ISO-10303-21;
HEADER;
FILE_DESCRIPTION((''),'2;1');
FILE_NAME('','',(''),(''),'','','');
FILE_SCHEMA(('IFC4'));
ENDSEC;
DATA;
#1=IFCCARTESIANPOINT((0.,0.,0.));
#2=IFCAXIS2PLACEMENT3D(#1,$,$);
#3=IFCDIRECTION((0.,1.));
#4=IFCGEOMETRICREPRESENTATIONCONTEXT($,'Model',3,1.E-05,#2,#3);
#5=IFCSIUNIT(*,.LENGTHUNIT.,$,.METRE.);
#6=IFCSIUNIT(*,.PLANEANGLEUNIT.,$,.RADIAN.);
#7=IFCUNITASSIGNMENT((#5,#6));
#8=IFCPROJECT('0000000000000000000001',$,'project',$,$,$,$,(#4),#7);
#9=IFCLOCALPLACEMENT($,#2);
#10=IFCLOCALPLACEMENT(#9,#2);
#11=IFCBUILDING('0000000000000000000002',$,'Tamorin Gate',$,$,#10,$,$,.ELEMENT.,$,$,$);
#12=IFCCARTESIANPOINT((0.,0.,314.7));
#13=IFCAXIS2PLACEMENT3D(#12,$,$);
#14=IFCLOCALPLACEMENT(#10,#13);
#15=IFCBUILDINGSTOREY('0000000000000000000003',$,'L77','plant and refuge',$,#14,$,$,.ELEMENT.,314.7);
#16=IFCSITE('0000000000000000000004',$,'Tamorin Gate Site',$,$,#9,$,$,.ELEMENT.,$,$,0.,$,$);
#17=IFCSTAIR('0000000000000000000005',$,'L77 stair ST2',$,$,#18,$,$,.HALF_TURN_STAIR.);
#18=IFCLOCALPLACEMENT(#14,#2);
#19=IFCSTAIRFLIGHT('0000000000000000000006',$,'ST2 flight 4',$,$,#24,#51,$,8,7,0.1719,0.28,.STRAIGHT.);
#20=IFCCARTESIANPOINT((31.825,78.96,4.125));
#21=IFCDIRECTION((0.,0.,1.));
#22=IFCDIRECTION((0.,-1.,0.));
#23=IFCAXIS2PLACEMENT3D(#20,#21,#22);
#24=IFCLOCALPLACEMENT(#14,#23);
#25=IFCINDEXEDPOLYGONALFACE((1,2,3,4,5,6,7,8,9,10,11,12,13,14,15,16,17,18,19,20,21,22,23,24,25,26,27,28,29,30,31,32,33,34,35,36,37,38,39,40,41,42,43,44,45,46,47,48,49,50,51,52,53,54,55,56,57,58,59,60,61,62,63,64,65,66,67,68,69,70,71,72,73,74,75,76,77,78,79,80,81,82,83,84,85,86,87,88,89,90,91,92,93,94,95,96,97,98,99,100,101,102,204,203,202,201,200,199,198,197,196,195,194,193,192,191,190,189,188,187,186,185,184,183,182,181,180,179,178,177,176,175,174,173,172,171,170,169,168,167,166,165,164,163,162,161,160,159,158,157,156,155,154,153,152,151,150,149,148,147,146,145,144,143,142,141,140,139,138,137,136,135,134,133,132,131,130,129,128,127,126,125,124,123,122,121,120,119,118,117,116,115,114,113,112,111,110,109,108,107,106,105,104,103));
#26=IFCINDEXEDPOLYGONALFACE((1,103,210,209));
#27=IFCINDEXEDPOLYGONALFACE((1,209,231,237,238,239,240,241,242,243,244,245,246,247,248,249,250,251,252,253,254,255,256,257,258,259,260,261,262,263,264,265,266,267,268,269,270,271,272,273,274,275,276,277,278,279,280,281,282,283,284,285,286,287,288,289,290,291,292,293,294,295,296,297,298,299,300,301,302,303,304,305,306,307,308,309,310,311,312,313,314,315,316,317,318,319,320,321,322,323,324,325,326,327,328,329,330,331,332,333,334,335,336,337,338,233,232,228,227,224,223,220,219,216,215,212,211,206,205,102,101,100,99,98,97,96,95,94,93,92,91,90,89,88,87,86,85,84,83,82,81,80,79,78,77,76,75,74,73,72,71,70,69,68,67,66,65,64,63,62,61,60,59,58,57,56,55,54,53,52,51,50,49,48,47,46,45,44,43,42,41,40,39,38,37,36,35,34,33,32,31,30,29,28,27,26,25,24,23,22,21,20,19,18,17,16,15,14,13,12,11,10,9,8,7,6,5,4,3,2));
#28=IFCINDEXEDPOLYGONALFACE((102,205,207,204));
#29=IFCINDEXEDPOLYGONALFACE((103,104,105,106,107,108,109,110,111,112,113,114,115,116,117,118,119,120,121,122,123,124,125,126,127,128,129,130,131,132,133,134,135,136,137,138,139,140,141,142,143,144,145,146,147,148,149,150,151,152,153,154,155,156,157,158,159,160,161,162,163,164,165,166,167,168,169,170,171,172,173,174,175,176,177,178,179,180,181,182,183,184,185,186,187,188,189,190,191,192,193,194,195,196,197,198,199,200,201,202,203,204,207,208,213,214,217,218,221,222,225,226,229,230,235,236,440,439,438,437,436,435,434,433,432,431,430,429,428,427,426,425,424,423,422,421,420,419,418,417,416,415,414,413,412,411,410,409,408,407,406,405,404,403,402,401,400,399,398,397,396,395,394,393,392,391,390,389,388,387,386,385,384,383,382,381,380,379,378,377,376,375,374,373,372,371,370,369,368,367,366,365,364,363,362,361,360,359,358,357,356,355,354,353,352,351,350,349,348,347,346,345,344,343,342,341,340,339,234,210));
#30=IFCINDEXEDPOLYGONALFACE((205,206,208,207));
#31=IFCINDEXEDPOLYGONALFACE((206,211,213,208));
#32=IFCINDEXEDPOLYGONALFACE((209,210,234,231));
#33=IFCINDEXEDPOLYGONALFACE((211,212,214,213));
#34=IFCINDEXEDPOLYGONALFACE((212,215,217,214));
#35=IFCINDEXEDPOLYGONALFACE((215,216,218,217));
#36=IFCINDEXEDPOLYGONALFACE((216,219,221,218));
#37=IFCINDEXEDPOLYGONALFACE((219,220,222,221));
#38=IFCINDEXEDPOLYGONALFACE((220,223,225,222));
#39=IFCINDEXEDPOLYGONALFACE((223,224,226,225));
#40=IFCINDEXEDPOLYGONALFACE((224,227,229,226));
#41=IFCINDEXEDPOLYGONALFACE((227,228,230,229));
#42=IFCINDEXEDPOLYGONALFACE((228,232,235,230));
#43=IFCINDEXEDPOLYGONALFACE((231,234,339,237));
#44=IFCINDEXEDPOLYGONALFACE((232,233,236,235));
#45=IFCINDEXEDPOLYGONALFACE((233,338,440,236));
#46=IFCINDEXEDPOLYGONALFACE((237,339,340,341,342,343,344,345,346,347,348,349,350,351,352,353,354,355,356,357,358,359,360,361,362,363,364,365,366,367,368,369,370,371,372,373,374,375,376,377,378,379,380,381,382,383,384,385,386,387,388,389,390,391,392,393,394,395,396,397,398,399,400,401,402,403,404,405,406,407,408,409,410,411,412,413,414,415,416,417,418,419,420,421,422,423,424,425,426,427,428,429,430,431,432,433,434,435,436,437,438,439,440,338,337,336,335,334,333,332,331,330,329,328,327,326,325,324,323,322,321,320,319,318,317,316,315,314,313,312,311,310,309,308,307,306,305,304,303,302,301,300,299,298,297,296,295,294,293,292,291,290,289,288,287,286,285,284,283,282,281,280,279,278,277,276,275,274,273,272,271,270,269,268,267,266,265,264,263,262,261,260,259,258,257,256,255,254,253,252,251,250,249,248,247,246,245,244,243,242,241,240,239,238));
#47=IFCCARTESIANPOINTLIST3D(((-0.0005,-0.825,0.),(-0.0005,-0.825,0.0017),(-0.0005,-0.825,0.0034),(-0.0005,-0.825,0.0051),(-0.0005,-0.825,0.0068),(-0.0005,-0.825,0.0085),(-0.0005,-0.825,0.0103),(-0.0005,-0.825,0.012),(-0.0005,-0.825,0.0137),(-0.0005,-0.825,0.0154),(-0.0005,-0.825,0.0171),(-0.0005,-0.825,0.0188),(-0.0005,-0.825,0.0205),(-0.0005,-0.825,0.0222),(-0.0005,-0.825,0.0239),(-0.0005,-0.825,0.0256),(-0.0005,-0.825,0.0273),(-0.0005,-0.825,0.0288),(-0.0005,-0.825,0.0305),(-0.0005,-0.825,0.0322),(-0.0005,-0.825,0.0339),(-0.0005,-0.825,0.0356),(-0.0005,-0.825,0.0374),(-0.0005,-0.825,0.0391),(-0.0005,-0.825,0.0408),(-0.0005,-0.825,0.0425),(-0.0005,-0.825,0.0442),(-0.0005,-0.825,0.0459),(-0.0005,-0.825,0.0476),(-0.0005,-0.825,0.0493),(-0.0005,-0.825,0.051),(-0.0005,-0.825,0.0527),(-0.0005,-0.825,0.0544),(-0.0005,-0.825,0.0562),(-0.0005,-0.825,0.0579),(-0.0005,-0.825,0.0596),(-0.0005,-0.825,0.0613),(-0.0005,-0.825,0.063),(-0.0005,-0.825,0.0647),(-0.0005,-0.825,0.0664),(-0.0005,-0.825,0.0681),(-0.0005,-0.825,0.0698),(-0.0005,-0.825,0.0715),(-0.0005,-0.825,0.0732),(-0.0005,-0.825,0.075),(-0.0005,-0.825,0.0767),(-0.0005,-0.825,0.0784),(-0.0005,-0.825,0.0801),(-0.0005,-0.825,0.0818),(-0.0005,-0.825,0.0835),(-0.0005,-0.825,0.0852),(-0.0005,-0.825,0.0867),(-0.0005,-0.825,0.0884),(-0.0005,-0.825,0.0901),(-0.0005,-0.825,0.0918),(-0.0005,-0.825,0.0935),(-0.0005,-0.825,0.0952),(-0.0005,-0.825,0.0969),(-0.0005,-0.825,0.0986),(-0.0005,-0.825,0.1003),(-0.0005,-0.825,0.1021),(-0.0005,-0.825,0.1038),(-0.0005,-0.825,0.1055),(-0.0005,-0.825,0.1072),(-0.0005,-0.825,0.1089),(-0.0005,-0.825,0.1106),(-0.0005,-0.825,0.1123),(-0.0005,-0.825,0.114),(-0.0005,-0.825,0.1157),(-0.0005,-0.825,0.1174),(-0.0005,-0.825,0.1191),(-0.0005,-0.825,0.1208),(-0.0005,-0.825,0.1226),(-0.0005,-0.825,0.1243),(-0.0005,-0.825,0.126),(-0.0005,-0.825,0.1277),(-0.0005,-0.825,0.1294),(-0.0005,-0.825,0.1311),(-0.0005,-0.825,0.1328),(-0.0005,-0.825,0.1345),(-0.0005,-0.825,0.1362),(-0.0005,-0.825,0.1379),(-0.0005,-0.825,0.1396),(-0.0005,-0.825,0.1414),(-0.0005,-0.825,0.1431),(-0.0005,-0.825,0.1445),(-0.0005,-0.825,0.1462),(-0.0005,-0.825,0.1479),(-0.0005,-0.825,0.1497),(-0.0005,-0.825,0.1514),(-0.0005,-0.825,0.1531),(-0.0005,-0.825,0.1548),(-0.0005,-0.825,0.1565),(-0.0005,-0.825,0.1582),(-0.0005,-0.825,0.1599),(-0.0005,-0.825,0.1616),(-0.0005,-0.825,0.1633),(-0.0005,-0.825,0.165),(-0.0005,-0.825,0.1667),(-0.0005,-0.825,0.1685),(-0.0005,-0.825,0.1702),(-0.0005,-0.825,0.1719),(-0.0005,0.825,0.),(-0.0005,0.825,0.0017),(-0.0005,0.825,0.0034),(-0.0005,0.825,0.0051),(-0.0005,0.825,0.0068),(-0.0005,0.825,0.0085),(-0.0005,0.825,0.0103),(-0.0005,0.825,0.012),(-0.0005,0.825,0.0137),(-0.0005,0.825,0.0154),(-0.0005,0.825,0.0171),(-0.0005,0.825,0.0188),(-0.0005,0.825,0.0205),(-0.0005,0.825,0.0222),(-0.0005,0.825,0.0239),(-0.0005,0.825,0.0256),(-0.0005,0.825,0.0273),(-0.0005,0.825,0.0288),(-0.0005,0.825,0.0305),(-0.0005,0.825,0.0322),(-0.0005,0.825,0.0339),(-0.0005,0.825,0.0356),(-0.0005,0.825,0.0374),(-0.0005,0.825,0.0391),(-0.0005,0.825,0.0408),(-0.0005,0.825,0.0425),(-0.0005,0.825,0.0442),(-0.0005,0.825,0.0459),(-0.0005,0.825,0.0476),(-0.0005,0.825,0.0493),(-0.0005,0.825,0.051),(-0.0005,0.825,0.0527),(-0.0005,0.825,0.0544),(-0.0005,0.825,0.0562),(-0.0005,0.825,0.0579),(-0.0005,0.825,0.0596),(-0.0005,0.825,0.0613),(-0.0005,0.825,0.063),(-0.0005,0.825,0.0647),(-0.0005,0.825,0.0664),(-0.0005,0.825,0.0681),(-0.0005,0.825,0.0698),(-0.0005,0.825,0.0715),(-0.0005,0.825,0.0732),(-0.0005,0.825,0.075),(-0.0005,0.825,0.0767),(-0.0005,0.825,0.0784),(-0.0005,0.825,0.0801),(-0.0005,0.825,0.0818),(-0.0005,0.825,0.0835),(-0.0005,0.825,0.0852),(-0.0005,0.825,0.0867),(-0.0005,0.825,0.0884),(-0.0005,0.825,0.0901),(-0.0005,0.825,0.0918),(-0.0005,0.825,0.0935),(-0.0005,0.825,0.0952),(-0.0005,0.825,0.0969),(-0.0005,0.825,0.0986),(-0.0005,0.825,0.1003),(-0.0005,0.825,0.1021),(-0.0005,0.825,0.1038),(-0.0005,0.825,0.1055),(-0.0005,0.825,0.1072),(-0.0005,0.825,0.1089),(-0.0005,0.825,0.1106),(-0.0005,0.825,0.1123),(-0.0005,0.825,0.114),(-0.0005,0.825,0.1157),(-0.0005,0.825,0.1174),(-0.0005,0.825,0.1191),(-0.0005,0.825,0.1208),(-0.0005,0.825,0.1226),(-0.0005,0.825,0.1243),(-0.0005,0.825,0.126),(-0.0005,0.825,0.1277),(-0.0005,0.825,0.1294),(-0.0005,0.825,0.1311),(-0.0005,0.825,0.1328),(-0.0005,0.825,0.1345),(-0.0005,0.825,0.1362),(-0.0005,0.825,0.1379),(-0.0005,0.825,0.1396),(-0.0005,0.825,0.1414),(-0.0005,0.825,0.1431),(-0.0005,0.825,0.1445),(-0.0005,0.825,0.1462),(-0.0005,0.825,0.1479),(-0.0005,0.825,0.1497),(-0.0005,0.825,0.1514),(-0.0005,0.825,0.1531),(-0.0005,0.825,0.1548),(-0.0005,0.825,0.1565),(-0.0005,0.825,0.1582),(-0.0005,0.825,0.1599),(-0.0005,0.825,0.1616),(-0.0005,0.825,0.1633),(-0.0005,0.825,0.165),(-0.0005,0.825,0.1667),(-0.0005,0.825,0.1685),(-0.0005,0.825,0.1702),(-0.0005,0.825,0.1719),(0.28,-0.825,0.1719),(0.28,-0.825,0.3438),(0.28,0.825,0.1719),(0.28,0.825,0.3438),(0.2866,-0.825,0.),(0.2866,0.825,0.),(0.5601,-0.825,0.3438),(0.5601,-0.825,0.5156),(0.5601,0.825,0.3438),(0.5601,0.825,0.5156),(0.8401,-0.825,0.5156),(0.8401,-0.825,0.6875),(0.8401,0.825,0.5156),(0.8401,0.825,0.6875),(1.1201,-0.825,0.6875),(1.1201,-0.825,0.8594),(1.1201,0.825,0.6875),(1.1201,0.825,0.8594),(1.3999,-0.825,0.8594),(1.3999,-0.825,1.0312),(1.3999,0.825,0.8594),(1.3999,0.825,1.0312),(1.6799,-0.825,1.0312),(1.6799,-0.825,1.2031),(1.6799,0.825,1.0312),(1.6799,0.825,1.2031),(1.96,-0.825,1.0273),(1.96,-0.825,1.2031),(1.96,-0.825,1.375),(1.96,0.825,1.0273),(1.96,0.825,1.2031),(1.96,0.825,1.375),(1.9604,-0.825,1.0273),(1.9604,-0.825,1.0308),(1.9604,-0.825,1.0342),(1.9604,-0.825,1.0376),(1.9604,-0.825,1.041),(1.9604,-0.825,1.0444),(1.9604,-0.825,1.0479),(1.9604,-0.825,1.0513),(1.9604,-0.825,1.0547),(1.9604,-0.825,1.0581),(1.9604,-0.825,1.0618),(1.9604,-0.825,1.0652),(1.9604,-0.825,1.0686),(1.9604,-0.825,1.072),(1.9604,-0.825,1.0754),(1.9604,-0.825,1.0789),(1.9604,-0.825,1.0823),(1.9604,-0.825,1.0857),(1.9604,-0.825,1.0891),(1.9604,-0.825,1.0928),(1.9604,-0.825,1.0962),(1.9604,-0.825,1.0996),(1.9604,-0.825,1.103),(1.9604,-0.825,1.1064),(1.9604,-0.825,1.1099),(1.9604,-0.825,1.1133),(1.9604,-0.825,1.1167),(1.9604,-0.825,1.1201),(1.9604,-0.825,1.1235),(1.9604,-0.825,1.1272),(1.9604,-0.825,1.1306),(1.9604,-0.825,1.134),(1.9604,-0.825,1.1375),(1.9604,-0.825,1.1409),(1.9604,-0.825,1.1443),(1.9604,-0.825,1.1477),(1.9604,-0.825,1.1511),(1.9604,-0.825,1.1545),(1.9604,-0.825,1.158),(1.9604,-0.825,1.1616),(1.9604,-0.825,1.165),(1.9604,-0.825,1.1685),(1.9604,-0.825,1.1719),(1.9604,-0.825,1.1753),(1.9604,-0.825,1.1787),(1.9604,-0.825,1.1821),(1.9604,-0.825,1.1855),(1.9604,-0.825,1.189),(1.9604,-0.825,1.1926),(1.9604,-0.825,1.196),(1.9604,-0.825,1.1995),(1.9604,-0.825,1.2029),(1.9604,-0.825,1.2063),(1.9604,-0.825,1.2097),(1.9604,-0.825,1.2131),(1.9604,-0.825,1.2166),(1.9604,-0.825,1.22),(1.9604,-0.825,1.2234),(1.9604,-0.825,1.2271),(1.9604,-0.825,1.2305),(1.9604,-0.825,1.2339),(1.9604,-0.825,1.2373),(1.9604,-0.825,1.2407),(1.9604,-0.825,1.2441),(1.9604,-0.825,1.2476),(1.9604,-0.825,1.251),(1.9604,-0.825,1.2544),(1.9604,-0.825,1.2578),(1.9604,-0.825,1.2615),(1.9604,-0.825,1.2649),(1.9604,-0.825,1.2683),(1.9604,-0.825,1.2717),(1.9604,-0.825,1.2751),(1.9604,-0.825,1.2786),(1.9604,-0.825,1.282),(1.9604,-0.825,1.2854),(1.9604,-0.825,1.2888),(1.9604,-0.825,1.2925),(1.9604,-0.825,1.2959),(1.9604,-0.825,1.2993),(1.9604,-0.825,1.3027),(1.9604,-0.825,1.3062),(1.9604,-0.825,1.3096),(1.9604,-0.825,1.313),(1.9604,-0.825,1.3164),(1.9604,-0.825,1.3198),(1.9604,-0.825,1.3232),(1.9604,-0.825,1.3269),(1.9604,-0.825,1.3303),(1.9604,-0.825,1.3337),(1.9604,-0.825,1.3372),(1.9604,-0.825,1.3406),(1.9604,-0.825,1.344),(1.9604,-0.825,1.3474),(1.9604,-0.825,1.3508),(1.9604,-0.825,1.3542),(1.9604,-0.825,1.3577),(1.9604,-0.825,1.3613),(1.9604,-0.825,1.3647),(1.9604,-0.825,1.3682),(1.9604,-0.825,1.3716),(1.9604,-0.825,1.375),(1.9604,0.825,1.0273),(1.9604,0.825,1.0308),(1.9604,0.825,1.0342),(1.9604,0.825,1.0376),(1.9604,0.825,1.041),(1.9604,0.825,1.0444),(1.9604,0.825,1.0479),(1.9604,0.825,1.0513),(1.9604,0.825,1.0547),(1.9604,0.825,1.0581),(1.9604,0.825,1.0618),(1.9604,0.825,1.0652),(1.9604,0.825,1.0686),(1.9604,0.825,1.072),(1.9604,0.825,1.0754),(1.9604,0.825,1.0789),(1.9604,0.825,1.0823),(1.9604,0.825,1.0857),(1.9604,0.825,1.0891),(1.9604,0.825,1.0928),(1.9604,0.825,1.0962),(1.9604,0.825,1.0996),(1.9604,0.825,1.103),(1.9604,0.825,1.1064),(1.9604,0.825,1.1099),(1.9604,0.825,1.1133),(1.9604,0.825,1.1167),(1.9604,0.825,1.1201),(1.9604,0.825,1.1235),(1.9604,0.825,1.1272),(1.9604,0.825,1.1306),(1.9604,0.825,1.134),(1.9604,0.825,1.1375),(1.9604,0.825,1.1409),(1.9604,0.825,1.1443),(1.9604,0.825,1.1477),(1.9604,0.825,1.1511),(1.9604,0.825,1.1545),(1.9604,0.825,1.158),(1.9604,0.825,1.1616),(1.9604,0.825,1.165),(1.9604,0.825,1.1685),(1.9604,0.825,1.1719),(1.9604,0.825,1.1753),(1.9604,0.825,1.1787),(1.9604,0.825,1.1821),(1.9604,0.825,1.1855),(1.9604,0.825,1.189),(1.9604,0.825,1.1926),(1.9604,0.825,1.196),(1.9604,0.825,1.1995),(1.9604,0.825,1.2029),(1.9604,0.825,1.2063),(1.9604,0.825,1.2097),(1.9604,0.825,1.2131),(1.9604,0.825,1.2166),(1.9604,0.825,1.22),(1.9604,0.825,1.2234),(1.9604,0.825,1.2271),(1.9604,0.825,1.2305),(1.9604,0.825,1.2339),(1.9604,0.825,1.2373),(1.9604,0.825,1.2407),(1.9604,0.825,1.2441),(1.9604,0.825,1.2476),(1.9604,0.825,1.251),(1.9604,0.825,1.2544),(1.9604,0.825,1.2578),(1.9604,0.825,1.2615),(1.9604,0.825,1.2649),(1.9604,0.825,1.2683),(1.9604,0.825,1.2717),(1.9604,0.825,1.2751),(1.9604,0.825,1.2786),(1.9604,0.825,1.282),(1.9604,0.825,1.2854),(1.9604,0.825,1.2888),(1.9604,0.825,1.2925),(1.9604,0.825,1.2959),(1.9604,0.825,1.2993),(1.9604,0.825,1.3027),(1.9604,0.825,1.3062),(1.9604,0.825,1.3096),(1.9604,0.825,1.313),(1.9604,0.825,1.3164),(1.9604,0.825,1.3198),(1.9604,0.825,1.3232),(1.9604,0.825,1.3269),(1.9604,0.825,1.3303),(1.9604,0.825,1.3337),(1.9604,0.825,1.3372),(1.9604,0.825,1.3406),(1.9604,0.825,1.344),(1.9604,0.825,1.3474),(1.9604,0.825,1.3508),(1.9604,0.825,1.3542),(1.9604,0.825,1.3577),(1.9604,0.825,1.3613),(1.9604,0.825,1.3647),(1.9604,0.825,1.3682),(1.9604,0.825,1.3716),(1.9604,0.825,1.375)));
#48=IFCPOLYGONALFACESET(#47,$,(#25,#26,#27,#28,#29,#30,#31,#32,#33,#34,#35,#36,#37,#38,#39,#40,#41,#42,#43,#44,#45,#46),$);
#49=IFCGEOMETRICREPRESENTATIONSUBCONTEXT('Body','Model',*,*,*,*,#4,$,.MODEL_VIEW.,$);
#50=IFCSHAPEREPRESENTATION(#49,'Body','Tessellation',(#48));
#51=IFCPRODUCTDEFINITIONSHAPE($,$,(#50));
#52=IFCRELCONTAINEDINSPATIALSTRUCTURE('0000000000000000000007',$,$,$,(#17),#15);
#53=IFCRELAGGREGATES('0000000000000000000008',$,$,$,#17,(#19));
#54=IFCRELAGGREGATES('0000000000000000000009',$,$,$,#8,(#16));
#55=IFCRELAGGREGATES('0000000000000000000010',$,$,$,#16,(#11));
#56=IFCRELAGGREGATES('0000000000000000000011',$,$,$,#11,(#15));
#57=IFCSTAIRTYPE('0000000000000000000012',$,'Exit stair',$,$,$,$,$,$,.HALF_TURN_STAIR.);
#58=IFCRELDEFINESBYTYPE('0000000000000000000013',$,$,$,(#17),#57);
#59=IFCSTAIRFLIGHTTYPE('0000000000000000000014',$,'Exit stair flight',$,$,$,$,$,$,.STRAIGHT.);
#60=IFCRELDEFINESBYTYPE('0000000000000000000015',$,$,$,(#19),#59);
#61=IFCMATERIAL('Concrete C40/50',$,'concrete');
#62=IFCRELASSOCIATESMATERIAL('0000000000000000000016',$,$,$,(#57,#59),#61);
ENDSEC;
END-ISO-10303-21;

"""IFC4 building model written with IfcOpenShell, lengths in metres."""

from ifc_helpers import new_model, si_unit, direction, frame, origin, place, context, subcontext, project, spatial, polyline, outline, extrude, material, type_object, element, aggregate, save


model = new_model("IFC4")

# Units and contexts
model_context = context("Model", 3, precision=1e-05, world=origin(), true_north=direction((0.0, 1.0)))
body_context = subcontext(model_context, "Body", "Model", "MODEL_VIEW")
ifc_project = project(units=[si_unit("LENGTHUNIT", "METRE"), si_unit("PLANEANGLEUNIT", "RADIAN")], contexts=[model_context])

# Site, building, storey
site_placement = place(None, origin())
site = spatial("IfcSite", under=ifc_project, at=site_placement, Name="Tamorin Gate Site", CompositionType="ELEMENT", RefElevation=0.0)
building_placement = place(site_placement, origin())
building = spatial("IfcBuilding", under=site, at=building_placement, Name="Tamorin Gate", CompositionType="ELEMENT")
storey_placement = place(building_placement, frame((0.0, 0.0, 314.7)))
storey = spatial("IfcBuildingStorey", under=building, at=storey_placement, Name="L77", Description="plant and refuge", CompositionType="ELEMENT", Elevation=314.7)

# Stair, stair flight
ifc_material_1 = material(Name="Concrete C40/50", Category="concrete")
stair_type = type_object("IfcStairType", Name="Exit stair", PredefinedType="HALF_TURN_STAIR", material=ifc_material_1)
stair_placement = place(storey_placement, origin())
stair = element("IfcStair", 1, at=stair_placement, inside=storey, type_object=stair_type, Name="L77 stair ST2", PredefinedType="HALF_TURN_STAIR")
stair_flight_type = type_object("IfcStairFlightType", Name="Exit stair flight", PredefinedType="STRAIGHT", material=ifc_material_1)
stair_flight_1_placement = place(storey_placement, frame((31.825, 78.96, 4.125), z_axis=(0.0, 0.0, 1.0), x_axis=(0.0, -1.0, 0.0)))
stair_flight_1 = element("IfcStairFlight", 2, at=stair_flight_1_placement, type_object=stair_flight_type, Name="ST2 flight 4", NumberOfRisers=8, NumberOfTreads=7, PredefinedType="STRAIGHT", RiserHeight=0.1719, TreadLength=0.28, context=body_context, shape_type="SweptSolid", body=[
    extrude(outline(polyline([(-0.0005, 0.0), (-0.0005, 0.0017), (-0.0005, 0.0034), (-0.0005, 0.0051), (-0.0005, 0.0068), (-0.0005, 0.0085), (-0.0005, 0.0103), (-0.0005, 0.012), (-0.0005, 0.0137), (-0.0005, 0.0154), (-0.0005, 0.0171), (-0.0005, 0.0188), (-0.0005, 0.0205), (-0.0005, 0.0222), (-0.0005, 0.0239), (-0.0005, 0.0256), (-0.0005, 0.0273), (-0.0005, 0.0288), (-0.0005, 0.0305), (-0.0005, 0.0322), (-0.0005, 0.0339), (-0.0005, 0.0356), (-0.0005, 0.0374), (-0.0005, 0.0391), (-0.0005, 0.0408), (-0.0005, 0.0425), (-0.0005, 0.0442), (-0.0005, 0.0459), (-0.0005, 0.0476), (-0.0005, 0.0493), (-0.0005, 0.051), (-0.0005, 0.0527), (-0.0005, 0.0544), (-0.0005, 0.0562), (-0.0005, 0.0579), (-0.0005, 0.0596), (-0.0005, 0.0613), (-0.0005, 0.063), (-0.0005, 0.0647), (-0.0005, 0.0664), (-0.0005, 0.0681), (-0.0005, 0.0698), (-0.0005, 0.0715), (-0.0005, 0.0732), (-0.0005, 0.075), (-0.0005, 0.0767), (-0.0005, 0.0784), (-0.0005, 0.0801), (-0.0005, 0.0818), (-0.0005, 0.0835), (-0.0005, 0.0852), (-0.0005, 0.0867), (-0.0005, 0.0884), (-0.0005, 0.0901), (-0.0005, 0.0918), (-0.0005, 0.0935), (-0.0005, 0.0952), (-0.0005, 0.0969), (-0.0005, 0.0986), (-0.0005, 0.1003), (-0.0005, 0.1021), (-0.0005, 0.1038), (-0.0005, 0.1055), (-0.0005, 0.1072), (-0.0005, 0.1089), (-0.0005, 0.1106), (-0.0005, 0.1123), (-0.0005, 0.114), (-0.0005, 0.1157), (-0.0005, 0.1174), (-0.0005, 0.1191), (-0.0005, 0.1208), (-0.0005, 0.1226), (-0.0005, 0.1243), (-0.0005, 0.126), (-0.0005, 0.1277), (-0.0005, 0.1294), (-0.0005, 0.1311), (-0.0005, 0.1328), (-0.0005, 0.1345), (-0.0005, 0.1362), (-0.0005, 0.1379), (-0.0005, 0.1396), (-0.0005, 0.1414), (-0.0005, 0.1431), (-0.0005, 0.1445), (-0.0005, 0.1462), (-0.0005, 0.1479), (-0.0005, 0.1497), (-0.0005, 0.1514), (-0.0005, 0.1531), (-0.0005, 0.1548), (-0.0005, 0.1565), (-0.0005, 0.1582), (-0.0005, 0.1599), (-0.0005, 0.1616), (-0.0005, 0.1633), (-0.0005, 0.165), (-0.0005, 0.1667), (-0.0005, 0.1685), (-0.0005, 0.1702), (-0.0005, 0.1719), (0.28, 0.1719), (0.28, 0.3438), (0.5601, 0.3438), (0.5601, 0.5156), (0.8401, 0.5156), (0.8401, 0.6875), (1.1201, 0.6875), (1.1201, 0.8594), (1.3999, 0.8594), (1.3999, 1.0312), (1.6799, 1.0312), (1.6799, 1.2031), (1.96, 1.2031), (1.96, 1.375), (1.9604, 1.375), (1.9604, 1.3716), (1.9604, 1.3682), (1.9604, 1.3647), (1.9604, 1.3613), (1.9604, 1.3577), (1.9604, 1.3542), (1.9604, 1.3508), (1.9604, 1.3474), (1.9604, 1.344), (1.9604, 1.3406), (1.9604, 1.3372), (1.9604, 1.3337), (1.9604, 1.3303), (1.9604, 1.3269), (1.9604, 1.3232), (1.9604, 1.3198), (1.9604, 1.3164), (1.9604, 1.313), (1.9604, 1.3096), (1.9604, 1.3062), (1.9604, 1.3027), (1.9604, 1.2993), (1.9604, 1.2959), (1.9604, 1.2925), (1.9604, 1.2888), (1.9604, 1.2854), (1.9604, 1.282), (1.9604, 1.2786), (1.9604, 1.2751), (1.9604, 1.2717), (1.9604, 1.2683), (1.9604, 1.2649), (1.9604, 1.2615), (1.9604, 1.2578), (1.9604, 1.2544), (1.9604, 1.251), (1.9604, 1.2476), (1.9604, 1.2441), (1.9604, 1.2407), (1.9604, 1.2373), (1.9604, 1.2339), (1.9604, 1.2305), (1.9604, 1.2271), (1.9604, 1.2234), (1.9604, 1.22), (1.9604, 1.2166), (1.9604, 1.2131), (1.9604, 1.2097), (1.9604, 1.2063), (1.9604, 1.2029), (1.9604, 1.1995), (1.9604, 1.196), (1.9604, 1.1926), (1.9604, 1.189), (1.9604, 1.1855), (1.9604, 1.1821), (1.9604, 1.1787), (1.9604, 1.1753), (1.9604, 1.1719), (1.9604, 1.1685), (1.9604, 1.165), (1.9604, 1.1616), (1.9604, 1.158), (1.9604, 1.1545), (1.9604, 1.1511), (1.9604, 1.1477), (1.9604, 1.1443), (1.9604, 1.1409), (1.9604, 1.1375), (1.9604, 1.134), (1.9604, 1.1306), (1.9604, 1.1272), (1.9604, 1.1235), (1.9604, 1.1201), (1.9604, 1.1167), (1.9604, 1.1133), (1.9604, 1.1099), (1.9604, 1.1064), (1.9604, 1.103), (1.9604, 1.0996), (1.9604, 1.0962), (1.9604, 1.0928), (1.9604, 1.0891), (1.9604, 1.0857), (1.9604, 1.0823), (1.9604, 1.0789), (1.9604, 1.0754), (1.9604, 1.072), (1.9604, 1.0686), (1.9604, 1.0652), (1.9604, 1.0618), (1.9604, 1.0581), (1.9604, 1.0547), (1.9604, 1.0513), (1.9604, 1.0479), (1.9604, 1.0444), (1.9604, 1.041), (1.9604, 1.0376), (1.9604, 1.0342), (1.9604, 1.0308), (1.9604, 1.0273), (1.96, 1.0273), (0.2866, 0.0), (-0.0005, 0.0)])), frame((0.0, 0.825, 0.0), z_axis=(0.0, -1.0, 0.0), x_axis=(1.0, 0.0, 0.0)), (0.0, 0.0, 1.0), 1.6499),
])
aggregate(stair, [stair_flight_1])

save(model, "model.ifc")
